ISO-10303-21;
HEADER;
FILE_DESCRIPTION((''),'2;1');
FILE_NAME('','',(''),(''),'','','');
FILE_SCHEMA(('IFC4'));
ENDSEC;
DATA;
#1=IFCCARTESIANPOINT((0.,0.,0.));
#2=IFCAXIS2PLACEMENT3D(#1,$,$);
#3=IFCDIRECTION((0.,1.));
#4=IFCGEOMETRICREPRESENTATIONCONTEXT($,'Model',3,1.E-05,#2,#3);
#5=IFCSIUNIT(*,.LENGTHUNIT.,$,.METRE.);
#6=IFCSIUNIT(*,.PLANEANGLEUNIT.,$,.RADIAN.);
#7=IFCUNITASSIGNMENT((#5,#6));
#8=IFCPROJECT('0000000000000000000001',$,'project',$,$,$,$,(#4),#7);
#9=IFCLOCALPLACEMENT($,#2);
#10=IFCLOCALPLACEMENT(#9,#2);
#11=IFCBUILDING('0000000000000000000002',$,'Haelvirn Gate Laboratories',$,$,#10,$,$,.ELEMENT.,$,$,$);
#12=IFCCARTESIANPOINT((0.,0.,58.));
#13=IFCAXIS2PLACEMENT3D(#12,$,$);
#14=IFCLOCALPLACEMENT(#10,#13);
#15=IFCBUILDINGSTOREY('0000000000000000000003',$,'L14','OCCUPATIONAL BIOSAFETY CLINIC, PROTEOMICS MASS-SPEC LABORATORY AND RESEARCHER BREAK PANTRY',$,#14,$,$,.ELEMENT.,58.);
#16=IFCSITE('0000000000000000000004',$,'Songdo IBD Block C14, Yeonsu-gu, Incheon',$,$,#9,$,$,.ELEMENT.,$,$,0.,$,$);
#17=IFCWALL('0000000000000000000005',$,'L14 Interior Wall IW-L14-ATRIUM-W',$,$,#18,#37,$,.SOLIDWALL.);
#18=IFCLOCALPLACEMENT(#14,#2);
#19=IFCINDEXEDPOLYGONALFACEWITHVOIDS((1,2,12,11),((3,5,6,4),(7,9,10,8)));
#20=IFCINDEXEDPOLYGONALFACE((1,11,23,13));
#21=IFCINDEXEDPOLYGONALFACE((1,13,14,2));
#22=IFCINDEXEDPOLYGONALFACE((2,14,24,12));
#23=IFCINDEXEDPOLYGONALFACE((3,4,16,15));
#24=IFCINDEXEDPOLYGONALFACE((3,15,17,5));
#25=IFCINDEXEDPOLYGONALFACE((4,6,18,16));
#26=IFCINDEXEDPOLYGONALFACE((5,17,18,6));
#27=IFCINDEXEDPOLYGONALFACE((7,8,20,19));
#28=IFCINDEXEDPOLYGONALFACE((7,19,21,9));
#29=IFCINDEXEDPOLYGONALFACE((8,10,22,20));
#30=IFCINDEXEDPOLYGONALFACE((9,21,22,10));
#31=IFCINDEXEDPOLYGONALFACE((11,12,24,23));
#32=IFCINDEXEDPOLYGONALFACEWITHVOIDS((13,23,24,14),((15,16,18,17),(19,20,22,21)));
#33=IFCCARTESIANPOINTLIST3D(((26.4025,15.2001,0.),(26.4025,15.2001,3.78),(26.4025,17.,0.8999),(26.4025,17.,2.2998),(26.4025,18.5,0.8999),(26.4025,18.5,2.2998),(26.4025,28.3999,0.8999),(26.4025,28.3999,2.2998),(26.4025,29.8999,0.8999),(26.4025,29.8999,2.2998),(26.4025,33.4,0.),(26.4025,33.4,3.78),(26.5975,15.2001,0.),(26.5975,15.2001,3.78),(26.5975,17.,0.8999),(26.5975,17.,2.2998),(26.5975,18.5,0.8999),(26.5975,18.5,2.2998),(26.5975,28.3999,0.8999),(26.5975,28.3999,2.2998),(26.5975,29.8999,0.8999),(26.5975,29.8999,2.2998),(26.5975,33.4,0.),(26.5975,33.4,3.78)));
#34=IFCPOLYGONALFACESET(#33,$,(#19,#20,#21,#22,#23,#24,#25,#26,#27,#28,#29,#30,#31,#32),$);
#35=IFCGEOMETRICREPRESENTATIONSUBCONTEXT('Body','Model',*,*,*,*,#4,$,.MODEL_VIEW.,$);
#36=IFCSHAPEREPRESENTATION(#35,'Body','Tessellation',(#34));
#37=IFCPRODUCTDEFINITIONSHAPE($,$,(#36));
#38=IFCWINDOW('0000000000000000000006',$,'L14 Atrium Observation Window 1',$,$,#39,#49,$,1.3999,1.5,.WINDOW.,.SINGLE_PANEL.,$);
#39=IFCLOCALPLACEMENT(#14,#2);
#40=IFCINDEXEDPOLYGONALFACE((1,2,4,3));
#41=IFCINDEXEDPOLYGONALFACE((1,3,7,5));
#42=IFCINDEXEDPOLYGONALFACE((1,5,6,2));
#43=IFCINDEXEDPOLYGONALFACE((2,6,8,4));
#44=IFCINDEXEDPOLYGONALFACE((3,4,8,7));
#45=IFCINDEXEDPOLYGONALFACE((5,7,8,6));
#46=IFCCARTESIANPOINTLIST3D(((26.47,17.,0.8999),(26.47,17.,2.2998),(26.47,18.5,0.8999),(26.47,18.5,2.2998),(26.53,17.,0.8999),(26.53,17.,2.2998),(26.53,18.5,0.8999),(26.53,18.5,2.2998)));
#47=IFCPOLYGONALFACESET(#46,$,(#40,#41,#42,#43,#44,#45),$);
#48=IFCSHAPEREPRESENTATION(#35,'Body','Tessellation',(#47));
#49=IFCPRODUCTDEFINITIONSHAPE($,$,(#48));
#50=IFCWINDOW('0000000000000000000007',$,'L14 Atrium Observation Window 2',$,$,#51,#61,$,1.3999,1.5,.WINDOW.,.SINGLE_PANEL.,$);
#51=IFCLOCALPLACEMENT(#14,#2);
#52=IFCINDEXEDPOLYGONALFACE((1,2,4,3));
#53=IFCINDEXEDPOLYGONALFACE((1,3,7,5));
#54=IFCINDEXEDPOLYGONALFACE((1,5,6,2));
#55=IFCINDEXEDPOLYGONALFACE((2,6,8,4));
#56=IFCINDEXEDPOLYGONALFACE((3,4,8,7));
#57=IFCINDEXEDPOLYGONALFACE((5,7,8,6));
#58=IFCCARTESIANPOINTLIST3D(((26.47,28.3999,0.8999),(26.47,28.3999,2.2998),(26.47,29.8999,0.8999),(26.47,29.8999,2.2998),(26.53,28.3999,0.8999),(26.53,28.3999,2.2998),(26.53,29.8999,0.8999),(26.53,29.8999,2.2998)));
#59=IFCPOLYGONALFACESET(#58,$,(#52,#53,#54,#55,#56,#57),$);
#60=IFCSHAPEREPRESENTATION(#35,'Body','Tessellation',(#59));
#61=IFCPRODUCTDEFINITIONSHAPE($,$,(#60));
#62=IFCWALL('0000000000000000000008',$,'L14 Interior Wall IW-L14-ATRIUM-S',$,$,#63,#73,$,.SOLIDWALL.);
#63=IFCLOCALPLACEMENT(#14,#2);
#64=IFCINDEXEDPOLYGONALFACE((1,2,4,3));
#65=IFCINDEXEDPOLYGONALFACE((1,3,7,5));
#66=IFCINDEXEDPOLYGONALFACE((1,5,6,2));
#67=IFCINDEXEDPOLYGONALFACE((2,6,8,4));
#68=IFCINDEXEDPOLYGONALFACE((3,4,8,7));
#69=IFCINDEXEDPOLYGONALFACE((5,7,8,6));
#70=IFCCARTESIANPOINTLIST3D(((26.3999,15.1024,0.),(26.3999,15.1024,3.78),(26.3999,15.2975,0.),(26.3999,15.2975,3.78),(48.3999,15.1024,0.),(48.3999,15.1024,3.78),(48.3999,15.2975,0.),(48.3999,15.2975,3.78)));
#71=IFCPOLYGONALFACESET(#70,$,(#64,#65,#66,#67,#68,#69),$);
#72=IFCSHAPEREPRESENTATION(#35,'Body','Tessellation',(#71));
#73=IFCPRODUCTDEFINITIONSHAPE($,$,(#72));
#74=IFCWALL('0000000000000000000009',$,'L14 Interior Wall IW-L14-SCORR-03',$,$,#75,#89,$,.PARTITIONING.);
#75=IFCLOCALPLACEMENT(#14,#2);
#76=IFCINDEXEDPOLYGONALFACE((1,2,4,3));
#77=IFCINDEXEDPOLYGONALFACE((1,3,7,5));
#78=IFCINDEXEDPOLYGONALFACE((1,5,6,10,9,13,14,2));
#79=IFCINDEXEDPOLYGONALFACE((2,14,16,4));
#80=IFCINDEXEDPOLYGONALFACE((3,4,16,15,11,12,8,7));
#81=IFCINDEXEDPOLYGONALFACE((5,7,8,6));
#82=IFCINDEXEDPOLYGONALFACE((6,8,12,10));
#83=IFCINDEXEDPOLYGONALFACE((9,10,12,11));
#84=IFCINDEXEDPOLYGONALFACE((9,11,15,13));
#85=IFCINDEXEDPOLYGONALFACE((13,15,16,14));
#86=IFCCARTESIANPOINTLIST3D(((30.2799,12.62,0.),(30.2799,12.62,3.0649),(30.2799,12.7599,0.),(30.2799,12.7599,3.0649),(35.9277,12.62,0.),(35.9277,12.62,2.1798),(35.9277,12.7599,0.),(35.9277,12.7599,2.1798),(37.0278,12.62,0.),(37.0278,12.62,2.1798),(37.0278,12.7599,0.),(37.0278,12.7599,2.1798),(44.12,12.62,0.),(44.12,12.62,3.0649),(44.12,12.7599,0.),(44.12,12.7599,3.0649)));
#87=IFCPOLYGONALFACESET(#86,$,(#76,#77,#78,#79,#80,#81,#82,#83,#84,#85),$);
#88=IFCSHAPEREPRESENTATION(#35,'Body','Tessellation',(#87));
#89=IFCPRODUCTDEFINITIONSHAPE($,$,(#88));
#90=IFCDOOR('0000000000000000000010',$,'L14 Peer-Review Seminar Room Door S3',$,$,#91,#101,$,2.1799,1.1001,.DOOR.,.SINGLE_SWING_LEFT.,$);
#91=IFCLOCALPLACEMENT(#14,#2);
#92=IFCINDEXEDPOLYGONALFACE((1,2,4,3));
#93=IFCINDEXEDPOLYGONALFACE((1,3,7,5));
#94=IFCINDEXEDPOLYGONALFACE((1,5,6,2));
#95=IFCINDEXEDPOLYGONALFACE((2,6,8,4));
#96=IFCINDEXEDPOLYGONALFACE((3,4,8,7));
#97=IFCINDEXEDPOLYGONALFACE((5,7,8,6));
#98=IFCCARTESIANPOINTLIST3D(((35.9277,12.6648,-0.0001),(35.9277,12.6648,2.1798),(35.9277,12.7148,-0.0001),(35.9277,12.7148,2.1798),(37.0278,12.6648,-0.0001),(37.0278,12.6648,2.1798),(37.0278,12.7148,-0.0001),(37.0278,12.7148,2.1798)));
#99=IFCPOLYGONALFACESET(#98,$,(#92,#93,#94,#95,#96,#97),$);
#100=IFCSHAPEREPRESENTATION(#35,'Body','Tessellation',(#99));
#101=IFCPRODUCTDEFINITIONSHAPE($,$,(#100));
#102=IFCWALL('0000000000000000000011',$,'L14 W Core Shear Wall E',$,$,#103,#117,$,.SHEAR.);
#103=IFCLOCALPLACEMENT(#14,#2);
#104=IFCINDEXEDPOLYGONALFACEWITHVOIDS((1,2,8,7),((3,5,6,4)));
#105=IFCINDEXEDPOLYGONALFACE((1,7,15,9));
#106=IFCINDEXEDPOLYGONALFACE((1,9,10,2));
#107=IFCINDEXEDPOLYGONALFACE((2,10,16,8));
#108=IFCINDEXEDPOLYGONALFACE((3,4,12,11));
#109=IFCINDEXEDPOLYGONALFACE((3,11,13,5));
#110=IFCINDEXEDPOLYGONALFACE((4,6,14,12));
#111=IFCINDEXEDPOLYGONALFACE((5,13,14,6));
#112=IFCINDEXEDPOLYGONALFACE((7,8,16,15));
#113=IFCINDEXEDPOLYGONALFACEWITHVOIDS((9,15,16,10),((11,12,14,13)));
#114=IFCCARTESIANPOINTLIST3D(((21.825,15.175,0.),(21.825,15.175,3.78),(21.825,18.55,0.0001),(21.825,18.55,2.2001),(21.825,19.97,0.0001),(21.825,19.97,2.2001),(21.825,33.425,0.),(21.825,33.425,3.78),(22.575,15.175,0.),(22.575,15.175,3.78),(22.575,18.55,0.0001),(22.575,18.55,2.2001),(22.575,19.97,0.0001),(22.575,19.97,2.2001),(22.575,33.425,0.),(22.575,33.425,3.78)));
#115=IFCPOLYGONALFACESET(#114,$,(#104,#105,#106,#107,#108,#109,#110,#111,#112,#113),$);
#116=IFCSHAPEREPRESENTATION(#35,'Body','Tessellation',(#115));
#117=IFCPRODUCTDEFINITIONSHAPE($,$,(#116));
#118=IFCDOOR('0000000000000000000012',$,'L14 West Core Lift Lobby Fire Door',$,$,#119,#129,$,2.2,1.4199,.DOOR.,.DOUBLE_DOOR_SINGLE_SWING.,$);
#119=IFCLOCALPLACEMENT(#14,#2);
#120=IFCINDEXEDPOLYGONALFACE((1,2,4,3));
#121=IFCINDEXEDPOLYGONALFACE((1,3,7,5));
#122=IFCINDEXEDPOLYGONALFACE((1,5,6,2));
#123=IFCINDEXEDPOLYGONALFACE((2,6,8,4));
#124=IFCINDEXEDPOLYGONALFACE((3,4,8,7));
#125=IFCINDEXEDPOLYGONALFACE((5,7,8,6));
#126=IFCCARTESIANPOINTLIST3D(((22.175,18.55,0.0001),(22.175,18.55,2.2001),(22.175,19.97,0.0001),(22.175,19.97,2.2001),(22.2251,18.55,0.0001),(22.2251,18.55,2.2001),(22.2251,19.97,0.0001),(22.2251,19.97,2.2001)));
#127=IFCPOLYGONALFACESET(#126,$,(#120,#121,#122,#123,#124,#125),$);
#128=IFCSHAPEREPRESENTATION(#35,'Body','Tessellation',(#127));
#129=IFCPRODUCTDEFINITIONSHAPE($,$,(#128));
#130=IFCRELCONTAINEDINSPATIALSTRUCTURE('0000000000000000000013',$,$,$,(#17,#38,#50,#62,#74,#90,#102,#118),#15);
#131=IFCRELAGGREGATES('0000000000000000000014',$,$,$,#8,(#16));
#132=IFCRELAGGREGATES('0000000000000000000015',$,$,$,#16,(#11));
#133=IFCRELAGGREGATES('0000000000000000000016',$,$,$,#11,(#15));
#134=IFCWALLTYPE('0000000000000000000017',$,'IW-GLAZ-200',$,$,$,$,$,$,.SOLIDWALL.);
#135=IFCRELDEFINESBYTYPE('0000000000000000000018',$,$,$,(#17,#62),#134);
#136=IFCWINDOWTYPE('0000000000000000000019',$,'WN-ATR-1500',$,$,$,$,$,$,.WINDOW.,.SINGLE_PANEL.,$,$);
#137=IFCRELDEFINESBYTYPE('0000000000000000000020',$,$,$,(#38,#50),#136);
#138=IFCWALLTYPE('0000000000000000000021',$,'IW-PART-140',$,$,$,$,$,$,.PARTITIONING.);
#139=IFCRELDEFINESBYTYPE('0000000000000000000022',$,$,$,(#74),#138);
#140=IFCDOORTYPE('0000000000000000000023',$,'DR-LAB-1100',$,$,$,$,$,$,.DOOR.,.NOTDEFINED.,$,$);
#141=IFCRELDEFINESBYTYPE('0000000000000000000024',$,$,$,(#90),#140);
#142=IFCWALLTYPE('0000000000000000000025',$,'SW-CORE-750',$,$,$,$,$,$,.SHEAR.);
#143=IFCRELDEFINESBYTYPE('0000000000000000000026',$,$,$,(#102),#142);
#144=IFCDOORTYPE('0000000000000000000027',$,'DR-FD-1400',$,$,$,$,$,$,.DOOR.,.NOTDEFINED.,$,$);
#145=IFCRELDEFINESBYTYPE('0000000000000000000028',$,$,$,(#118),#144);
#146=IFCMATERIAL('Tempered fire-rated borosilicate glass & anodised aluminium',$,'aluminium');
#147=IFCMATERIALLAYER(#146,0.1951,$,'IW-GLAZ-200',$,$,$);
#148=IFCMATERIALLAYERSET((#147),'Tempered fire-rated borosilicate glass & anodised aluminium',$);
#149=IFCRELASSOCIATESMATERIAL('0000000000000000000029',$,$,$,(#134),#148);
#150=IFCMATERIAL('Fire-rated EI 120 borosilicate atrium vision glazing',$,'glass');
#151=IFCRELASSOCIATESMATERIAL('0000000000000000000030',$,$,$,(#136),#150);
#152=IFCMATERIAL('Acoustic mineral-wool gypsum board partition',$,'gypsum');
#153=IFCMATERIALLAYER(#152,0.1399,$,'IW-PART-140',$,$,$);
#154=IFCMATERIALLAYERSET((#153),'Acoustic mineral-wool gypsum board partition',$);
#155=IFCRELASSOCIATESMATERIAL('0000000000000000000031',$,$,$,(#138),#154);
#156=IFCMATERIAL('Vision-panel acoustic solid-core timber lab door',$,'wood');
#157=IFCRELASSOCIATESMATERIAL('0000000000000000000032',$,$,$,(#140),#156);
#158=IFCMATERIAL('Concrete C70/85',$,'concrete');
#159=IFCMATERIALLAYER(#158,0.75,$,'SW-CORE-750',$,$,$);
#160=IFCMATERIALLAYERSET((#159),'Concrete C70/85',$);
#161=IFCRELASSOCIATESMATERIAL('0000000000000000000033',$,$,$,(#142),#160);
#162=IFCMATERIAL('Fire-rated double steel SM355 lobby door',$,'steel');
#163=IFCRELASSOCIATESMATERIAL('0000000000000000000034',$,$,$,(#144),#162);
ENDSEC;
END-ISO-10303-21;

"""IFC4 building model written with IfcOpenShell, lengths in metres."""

from ifc_helpers import new_model, si_unit, direction, frame, frame_2d, origin, place, context, subcontext, project, spatial, rectangle, extrude, source, transform, mapped, material, layer, layer_set, type_object, type_shapes, element, fill, save


model = new_model("IFC4")

# Units and contexts
model_context = context("Model", 3, precision=1e-05, world=origin(), true_north=direction((0.0, 1.0)))
body_context = subcontext(model_context, "Body", "Model", "MODEL_VIEW")
ifc_project = project(units=[si_unit("LENGTHUNIT", "METRE"), si_unit("PLANEANGLEUNIT", "RADIAN")], contexts=[model_context])

# Site, building, storey
site_placement = place(None, origin())
site = spatial("IfcSite", under=ifc_project, at=site_placement, Name="Songdo IBD Block C14, Yeonsu-gu, Incheon", CompositionType="ELEMENT", RefElevation=0.0)
building_placement = place(site_placement, origin())
building = spatial("IfcBuilding", under=site, at=building_placement, Name="Haelvirn Gate Laboratories", CompositionType="ELEMENT")
storey_placement = place(building_placement, frame((0.0, 0.0, 58.0)))
storey = spatial("IfcBuildingStorey", under=building, at=storey_placement, Name="L14", Description="OCCUPATIONAL BIOSAFETY CLINIC, PROTEOMICS MASS-SPEC LABORATORY AND RESEARCHER BREAK PANTRY", CompositionType="ELEMENT", Elevation=58.0)

# Wall, openings, windows
ifc_material_1 = material(Name="Tempered fire-rated borosilicate glass & anodised aluminium", Category="aluminium")
ifc_layer_1 = layer(ifc_material_1, 0.1951, Name="IW-GLAZ-200")
ifc_layer_set_1 = layer_set([ifc_layer_1], Name="Tempered fire-rated borosilicate glass & anodised aluminium")
wall_type_1 = type_object("IfcWallType", Name="IW-GLAZ-200", PredefinedType="SOLIDWALL", material=ifc_layer_set_1)
wall_1_placement = place(storey_placement, frame((26.5, 15.2, 0.0), z_axis=(0.0, 0.0, 1.0), x_axis=(0.0, 1.0, 0.0)))
wall_1 = element("IfcWall", 1, at=wall_1_placement, inside=storey, type_object=wall_type_1, Name="L14 Interior Wall IW-L14-ATRIUM-W", PredefinedType="SOLIDWALL", context=body_context, shape_type="SweptSolid", body=[
    extrude(rectangle(XDim=18.2, YDim=0.1951, at=frame_2d((9.1001, 0.0))), origin(), (0.0, 0.0, 1.0), 3.78),
])
opening_1_placement = place(wall_1_placement, frame((1.8, 0.0, 0.8999)))
opening_1 = element("IfcOpeningElement", 2, at=opening_1_placement, cuts=wall_1, PredefinedType="OPENING", context=body_context, shape_type="SweptSolid", body=[
    extrude(rectangle(XDim=1.5, YDim=1.3999, at=frame_2d((0.75, 0.7))), frame((0.0, 0.1074, 0.0), z_axis=(0.0, -1.0, 0.0), x_axis=(1.0, 0.0, 0.0)), (0.0, 0.0, 1.0), 0.2151),
])
opening_2_placement = place(wall_1_placement, frame((13.2, 0.0, 0.8999)))
opening_2 = element("IfcOpeningElement", 3, at=opening_2_placement, cuts=wall_1, PredefinedType="OPENING", context=body_context, shape_type="SweptSolid", body=[
    extrude(rectangle(XDim=1.5, YDim=1.3999, at=frame_2d((0.75, 0.7))), frame((0.0, 0.1074, 0.0), z_axis=(0.0, -1.0, 0.0), x_axis=(1.0, 0.0, 0.0)), (0.0, 0.0, 1.0), 0.2151),
])
ifc_material_2 = material(Name="Fire-rated EI 120 borosilicate atrium vision glazing", Category="glass")
window_type = type_object("IfcWindowType", Name="WN-ATR-1500", PartitioningType="SINGLE_PANEL", PredefinedType="WINDOW", material=ifc_material_2)
shared_shape_1 = source(origin(), body_context, "Body", "SweptSolid", [
    extrude(rectangle(XDim=1.5, YDim=1.3999, at=frame_2d((0.75, 0.7))), frame((0.0, 0.03, 0.0), z_axis=(0.0, -1.0, 0.0), x_axis=(1.0, 0.0, 0.0)), (0.0, 0.0, 1.0), 0.0601),
])
type_shapes(window_type, [shared_shape_1])
window_1_placement = place(opening_1_placement, origin())
window_1 = element("IfcWindow", 4, at=window_1_placement, inside=storey, type_object=window_type, Name="L14 Atrium Observation Window 1", OverallHeight=1.3999, OverallWidth=1.5, PartitioningType="SINGLE_PANEL", PredefinedType="WINDOW", context=body_context, shape_type="MappedRepresentation", body=[
    mapped(shared_shape_1, transform((0.0, 0.0, 0.0), scale=1.0)),
])
fill(opening_1, window_1)
window_2_placement = place(opening_2_placement, origin())
window_2 = element("IfcWindow", 5, at=window_2_placement, inside=storey, type_object=window_type, Name="L14 Atrium Observation Window 2", OverallHeight=1.3999, OverallWidth=1.5, PartitioningType="SINGLE_PANEL", PredefinedType="WINDOW", context=body_context, shape_type="MappedRepresentation", body=[
    mapped(shared_shape_1, transform((0.0, 0.0, 0.0), scale=1.0)),
])
fill(opening_2, window_2)

# Wall
wall_2_placement = place(storey_placement, frame((26.3999, 15.2, 0.0), z_axis=(0.0, 0.0, 1.0), x_axis=(1.0, 0.0, 0.0)))
element("IfcWall", 6, at=wall_2_placement, inside=storey, type_object=wall_type_1, Name="L14 Interior Wall IW-L14-ATRIUM-S", PredefinedType="SOLIDWALL", context=body_context, shape_type="SweptSolid", body=[
    extrude(rectangle(XDim=22.0, YDim=0.1951, at=frame_2d((11.0, 0.0))), origin(), (0.0, 0.0, 1.0), 3.78),
])

# Walls, openings, doors
ifc_material_3 = material(Name="Acoustic mineral-wool gypsum board partition", Category="gypsum")
ifc_layer_2 = layer(ifc_material_3, 0.1399, Name="IW-PART-140")
ifc_layer_set_2 = layer_set([ifc_layer_2], Name="Acoustic mineral-wool gypsum board partition")
wall_type_2 = type_object("IfcWallType", Name="IW-PART-140", PredefinedType="PARTITIONING", material=ifc_layer_set_2)
wall_3_placement = place(storey_placement, frame((30.28, 12.6899, 0.0), z_axis=(0.0, 0.0, 1.0), x_axis=(1.0, 0.0, 0.0)))
wall_3 = element("IfcWall", 7, at=wall_3_placement, inside=storey, type_object=wall_type_2, Name="L14 Interior Wall IW-L14-SCORR-03", PredefinedType="PARTITIONING", context=body_context, shape_type="SweptSolid", body=[
    extrude(rectangle(XDim=13.8401, YDim=0.1399, at=frame_2d((6.9199, 0.0))), origin(), (0.0, 0.0, 1.0), 3.0649),
])
opening_3_placement = place(wall_3_placement, frame((5.6477, 0.0, 0.0)))
opening_3 = element("IfcOpeningElement", 8, at=opening_3_placement, cuts=wall_3, PredefinedType="OPENING", context=body_context, shape_type="SweptSolid", body=[
    extrude(rectangle(XDim=1.1001, YDim=2.1799, at=frame_2d((0.55, 1.0898))), frame((0.0, 0.0801, 0.0), z_axis=(0.0, -1.0, 0.0), x_axis=(1.0, 0.0, 0.0)), (0.0, 0.0, 1.0), 0.1599),
])
ifc_material_4 = material(Name="Vision-panel acoustic solid-core timber lab door", Category="wood")
door_type_1 = type_object("IfcDoorType", Name="DR-LAB-1100", OperationType="NOTDEFINED", PredefinedType="DOOR", material=ifc_material_4)
shared_shape_2 = source(origin(), body_context, "Body", "SweptSolid", [
    extrude(rectangle(XDim=1.1001, YDim=2.1799, at=frame_2d((0.55, 1.0898))), frame((0.0, 0.0249, 0.0), z_axis=(0.0, -1.0, 0.0), x_axis=(1.0, 0.0, 0.0)), (0.0, 0.0, 1.0), 0.05),
])
type_shapes(door_type_1, [shared_shape_2])
door_1_placement = place(opening_3_placement, origin())
door_1 = element("IfcDoor", 9, at=door_1_placement, inside=storey, type_object=door_type_1, Name="L14 Peer-Review Seminar Room Door S3", OperationType="SINGLE_SWING_LEFT", OverallHeight=2.1799, OverallWidth=1.1001, PredefinedType="DOOR", context=body_context, shape_type="MappedRepresentation", body=[
    mapped(shared_shape_2, transform((0.0, 0.0, 0.0), scale=1.0)),
])
fill(opening_3, door_1)
ifc_material_5 = material(Name="Concrete C70/85", Category="concrete")
ifc_layer_3 = layer(ifc_material_5, 0.75, Name="SW-CORE-750")
ifc_layer_set_3 = layer_set([ifc_layer_3], Name="Concrete C70/85")
wall_type_3 = type_object("IfcWallType", Name="SW-CORE-750", PredefinedType="SHEAR", material=ifc_layer_set_3)
wall_4_placement = place(storey_placement, frame((22.2, 15.175, 0.0), z_axis=(0.0, 0.0, 1.0), x_axis=(0.0, 1.0, 0.0)))
wall_4 = element("IfcWall", 10, at=wall_4_placement, inside=storey, type_object=wall_type_3, Name="L14 W Core Shear Wall E", PredefinedType="SHEAR", context=body_context, shape_type="SweptSolid", body=[
    extrude(rectangle(XDim=18.25, YDim=0.75, at=frame_2d((9.125, 0.0))), origin(), (0.0, 0.0, 1.0), 3.78),
])
opening_4_placement = place(wall_4_placement, frame((3.375, 0.0, 0.0)))
opening_4 = element("IfcOpeningElement", 11, at=opening_4_placement, cuts=wall_4, PredefinedType="OPENING", context=body_context, shape_type="SweptSolid", body=[
    extrude(rectangle(XDim=1.4199, YDim=2.2, at=frame_2d((0.71, 1.1001))), frame((0.0, 0.385, 0.0), z_axis=(0.0, -1.0, 0.0), x_axis=(1.0, 0.0, 0.0)), (0.0, 0.0, 1.0), 0.77),
])
ifc_material_6 = material(Name="Fire-rated double steel SM355 lobby door", Category="steel")
door_type_2 = type_object("IfcDoorType", Name="DR-FD-1400", OperationType="NOTDEFINED", PredefinedType="DOOR", material=ifc_material_6)
shared_shape_3 = source(origin(), body_context, "Body", "SweptSolid", [
    extrude(rectangle(XDim=1.4199, YDim=2.2, at=frame_2d((0.71, 1.1001))), frame((0.0, 0.0249, 0.0), z_axis=(0.0, -1.0, 0.0), x_axis=(1.0, 0.0, 0.0)), (0.0, 0.0, 1.0), 0.05),
])
type_shapes(door_type_2, [shared_shape_3])
door_2_placement = place(opening_4_placement, origin())
door_2 = element("IfcDoor", 12, at=door_2_placement, inside=storey, type_object=door_type_2, Name="L14 West Core Lift Lobby Fire Door", OperationType="DOUBLE_DOOR_SINGLE_SWING", OverallHeight=2.2, OverallWidth=1.4199, PredefinedType="DOOR", context=body_context, shape_type="MappedRepresentation", body=[
    mapped(shared_shape_3, transform((0.0, 0.0, 0.0), scale=1.0)),
])
fill(opening_4, door_2)

save(model, "model.ifc")
